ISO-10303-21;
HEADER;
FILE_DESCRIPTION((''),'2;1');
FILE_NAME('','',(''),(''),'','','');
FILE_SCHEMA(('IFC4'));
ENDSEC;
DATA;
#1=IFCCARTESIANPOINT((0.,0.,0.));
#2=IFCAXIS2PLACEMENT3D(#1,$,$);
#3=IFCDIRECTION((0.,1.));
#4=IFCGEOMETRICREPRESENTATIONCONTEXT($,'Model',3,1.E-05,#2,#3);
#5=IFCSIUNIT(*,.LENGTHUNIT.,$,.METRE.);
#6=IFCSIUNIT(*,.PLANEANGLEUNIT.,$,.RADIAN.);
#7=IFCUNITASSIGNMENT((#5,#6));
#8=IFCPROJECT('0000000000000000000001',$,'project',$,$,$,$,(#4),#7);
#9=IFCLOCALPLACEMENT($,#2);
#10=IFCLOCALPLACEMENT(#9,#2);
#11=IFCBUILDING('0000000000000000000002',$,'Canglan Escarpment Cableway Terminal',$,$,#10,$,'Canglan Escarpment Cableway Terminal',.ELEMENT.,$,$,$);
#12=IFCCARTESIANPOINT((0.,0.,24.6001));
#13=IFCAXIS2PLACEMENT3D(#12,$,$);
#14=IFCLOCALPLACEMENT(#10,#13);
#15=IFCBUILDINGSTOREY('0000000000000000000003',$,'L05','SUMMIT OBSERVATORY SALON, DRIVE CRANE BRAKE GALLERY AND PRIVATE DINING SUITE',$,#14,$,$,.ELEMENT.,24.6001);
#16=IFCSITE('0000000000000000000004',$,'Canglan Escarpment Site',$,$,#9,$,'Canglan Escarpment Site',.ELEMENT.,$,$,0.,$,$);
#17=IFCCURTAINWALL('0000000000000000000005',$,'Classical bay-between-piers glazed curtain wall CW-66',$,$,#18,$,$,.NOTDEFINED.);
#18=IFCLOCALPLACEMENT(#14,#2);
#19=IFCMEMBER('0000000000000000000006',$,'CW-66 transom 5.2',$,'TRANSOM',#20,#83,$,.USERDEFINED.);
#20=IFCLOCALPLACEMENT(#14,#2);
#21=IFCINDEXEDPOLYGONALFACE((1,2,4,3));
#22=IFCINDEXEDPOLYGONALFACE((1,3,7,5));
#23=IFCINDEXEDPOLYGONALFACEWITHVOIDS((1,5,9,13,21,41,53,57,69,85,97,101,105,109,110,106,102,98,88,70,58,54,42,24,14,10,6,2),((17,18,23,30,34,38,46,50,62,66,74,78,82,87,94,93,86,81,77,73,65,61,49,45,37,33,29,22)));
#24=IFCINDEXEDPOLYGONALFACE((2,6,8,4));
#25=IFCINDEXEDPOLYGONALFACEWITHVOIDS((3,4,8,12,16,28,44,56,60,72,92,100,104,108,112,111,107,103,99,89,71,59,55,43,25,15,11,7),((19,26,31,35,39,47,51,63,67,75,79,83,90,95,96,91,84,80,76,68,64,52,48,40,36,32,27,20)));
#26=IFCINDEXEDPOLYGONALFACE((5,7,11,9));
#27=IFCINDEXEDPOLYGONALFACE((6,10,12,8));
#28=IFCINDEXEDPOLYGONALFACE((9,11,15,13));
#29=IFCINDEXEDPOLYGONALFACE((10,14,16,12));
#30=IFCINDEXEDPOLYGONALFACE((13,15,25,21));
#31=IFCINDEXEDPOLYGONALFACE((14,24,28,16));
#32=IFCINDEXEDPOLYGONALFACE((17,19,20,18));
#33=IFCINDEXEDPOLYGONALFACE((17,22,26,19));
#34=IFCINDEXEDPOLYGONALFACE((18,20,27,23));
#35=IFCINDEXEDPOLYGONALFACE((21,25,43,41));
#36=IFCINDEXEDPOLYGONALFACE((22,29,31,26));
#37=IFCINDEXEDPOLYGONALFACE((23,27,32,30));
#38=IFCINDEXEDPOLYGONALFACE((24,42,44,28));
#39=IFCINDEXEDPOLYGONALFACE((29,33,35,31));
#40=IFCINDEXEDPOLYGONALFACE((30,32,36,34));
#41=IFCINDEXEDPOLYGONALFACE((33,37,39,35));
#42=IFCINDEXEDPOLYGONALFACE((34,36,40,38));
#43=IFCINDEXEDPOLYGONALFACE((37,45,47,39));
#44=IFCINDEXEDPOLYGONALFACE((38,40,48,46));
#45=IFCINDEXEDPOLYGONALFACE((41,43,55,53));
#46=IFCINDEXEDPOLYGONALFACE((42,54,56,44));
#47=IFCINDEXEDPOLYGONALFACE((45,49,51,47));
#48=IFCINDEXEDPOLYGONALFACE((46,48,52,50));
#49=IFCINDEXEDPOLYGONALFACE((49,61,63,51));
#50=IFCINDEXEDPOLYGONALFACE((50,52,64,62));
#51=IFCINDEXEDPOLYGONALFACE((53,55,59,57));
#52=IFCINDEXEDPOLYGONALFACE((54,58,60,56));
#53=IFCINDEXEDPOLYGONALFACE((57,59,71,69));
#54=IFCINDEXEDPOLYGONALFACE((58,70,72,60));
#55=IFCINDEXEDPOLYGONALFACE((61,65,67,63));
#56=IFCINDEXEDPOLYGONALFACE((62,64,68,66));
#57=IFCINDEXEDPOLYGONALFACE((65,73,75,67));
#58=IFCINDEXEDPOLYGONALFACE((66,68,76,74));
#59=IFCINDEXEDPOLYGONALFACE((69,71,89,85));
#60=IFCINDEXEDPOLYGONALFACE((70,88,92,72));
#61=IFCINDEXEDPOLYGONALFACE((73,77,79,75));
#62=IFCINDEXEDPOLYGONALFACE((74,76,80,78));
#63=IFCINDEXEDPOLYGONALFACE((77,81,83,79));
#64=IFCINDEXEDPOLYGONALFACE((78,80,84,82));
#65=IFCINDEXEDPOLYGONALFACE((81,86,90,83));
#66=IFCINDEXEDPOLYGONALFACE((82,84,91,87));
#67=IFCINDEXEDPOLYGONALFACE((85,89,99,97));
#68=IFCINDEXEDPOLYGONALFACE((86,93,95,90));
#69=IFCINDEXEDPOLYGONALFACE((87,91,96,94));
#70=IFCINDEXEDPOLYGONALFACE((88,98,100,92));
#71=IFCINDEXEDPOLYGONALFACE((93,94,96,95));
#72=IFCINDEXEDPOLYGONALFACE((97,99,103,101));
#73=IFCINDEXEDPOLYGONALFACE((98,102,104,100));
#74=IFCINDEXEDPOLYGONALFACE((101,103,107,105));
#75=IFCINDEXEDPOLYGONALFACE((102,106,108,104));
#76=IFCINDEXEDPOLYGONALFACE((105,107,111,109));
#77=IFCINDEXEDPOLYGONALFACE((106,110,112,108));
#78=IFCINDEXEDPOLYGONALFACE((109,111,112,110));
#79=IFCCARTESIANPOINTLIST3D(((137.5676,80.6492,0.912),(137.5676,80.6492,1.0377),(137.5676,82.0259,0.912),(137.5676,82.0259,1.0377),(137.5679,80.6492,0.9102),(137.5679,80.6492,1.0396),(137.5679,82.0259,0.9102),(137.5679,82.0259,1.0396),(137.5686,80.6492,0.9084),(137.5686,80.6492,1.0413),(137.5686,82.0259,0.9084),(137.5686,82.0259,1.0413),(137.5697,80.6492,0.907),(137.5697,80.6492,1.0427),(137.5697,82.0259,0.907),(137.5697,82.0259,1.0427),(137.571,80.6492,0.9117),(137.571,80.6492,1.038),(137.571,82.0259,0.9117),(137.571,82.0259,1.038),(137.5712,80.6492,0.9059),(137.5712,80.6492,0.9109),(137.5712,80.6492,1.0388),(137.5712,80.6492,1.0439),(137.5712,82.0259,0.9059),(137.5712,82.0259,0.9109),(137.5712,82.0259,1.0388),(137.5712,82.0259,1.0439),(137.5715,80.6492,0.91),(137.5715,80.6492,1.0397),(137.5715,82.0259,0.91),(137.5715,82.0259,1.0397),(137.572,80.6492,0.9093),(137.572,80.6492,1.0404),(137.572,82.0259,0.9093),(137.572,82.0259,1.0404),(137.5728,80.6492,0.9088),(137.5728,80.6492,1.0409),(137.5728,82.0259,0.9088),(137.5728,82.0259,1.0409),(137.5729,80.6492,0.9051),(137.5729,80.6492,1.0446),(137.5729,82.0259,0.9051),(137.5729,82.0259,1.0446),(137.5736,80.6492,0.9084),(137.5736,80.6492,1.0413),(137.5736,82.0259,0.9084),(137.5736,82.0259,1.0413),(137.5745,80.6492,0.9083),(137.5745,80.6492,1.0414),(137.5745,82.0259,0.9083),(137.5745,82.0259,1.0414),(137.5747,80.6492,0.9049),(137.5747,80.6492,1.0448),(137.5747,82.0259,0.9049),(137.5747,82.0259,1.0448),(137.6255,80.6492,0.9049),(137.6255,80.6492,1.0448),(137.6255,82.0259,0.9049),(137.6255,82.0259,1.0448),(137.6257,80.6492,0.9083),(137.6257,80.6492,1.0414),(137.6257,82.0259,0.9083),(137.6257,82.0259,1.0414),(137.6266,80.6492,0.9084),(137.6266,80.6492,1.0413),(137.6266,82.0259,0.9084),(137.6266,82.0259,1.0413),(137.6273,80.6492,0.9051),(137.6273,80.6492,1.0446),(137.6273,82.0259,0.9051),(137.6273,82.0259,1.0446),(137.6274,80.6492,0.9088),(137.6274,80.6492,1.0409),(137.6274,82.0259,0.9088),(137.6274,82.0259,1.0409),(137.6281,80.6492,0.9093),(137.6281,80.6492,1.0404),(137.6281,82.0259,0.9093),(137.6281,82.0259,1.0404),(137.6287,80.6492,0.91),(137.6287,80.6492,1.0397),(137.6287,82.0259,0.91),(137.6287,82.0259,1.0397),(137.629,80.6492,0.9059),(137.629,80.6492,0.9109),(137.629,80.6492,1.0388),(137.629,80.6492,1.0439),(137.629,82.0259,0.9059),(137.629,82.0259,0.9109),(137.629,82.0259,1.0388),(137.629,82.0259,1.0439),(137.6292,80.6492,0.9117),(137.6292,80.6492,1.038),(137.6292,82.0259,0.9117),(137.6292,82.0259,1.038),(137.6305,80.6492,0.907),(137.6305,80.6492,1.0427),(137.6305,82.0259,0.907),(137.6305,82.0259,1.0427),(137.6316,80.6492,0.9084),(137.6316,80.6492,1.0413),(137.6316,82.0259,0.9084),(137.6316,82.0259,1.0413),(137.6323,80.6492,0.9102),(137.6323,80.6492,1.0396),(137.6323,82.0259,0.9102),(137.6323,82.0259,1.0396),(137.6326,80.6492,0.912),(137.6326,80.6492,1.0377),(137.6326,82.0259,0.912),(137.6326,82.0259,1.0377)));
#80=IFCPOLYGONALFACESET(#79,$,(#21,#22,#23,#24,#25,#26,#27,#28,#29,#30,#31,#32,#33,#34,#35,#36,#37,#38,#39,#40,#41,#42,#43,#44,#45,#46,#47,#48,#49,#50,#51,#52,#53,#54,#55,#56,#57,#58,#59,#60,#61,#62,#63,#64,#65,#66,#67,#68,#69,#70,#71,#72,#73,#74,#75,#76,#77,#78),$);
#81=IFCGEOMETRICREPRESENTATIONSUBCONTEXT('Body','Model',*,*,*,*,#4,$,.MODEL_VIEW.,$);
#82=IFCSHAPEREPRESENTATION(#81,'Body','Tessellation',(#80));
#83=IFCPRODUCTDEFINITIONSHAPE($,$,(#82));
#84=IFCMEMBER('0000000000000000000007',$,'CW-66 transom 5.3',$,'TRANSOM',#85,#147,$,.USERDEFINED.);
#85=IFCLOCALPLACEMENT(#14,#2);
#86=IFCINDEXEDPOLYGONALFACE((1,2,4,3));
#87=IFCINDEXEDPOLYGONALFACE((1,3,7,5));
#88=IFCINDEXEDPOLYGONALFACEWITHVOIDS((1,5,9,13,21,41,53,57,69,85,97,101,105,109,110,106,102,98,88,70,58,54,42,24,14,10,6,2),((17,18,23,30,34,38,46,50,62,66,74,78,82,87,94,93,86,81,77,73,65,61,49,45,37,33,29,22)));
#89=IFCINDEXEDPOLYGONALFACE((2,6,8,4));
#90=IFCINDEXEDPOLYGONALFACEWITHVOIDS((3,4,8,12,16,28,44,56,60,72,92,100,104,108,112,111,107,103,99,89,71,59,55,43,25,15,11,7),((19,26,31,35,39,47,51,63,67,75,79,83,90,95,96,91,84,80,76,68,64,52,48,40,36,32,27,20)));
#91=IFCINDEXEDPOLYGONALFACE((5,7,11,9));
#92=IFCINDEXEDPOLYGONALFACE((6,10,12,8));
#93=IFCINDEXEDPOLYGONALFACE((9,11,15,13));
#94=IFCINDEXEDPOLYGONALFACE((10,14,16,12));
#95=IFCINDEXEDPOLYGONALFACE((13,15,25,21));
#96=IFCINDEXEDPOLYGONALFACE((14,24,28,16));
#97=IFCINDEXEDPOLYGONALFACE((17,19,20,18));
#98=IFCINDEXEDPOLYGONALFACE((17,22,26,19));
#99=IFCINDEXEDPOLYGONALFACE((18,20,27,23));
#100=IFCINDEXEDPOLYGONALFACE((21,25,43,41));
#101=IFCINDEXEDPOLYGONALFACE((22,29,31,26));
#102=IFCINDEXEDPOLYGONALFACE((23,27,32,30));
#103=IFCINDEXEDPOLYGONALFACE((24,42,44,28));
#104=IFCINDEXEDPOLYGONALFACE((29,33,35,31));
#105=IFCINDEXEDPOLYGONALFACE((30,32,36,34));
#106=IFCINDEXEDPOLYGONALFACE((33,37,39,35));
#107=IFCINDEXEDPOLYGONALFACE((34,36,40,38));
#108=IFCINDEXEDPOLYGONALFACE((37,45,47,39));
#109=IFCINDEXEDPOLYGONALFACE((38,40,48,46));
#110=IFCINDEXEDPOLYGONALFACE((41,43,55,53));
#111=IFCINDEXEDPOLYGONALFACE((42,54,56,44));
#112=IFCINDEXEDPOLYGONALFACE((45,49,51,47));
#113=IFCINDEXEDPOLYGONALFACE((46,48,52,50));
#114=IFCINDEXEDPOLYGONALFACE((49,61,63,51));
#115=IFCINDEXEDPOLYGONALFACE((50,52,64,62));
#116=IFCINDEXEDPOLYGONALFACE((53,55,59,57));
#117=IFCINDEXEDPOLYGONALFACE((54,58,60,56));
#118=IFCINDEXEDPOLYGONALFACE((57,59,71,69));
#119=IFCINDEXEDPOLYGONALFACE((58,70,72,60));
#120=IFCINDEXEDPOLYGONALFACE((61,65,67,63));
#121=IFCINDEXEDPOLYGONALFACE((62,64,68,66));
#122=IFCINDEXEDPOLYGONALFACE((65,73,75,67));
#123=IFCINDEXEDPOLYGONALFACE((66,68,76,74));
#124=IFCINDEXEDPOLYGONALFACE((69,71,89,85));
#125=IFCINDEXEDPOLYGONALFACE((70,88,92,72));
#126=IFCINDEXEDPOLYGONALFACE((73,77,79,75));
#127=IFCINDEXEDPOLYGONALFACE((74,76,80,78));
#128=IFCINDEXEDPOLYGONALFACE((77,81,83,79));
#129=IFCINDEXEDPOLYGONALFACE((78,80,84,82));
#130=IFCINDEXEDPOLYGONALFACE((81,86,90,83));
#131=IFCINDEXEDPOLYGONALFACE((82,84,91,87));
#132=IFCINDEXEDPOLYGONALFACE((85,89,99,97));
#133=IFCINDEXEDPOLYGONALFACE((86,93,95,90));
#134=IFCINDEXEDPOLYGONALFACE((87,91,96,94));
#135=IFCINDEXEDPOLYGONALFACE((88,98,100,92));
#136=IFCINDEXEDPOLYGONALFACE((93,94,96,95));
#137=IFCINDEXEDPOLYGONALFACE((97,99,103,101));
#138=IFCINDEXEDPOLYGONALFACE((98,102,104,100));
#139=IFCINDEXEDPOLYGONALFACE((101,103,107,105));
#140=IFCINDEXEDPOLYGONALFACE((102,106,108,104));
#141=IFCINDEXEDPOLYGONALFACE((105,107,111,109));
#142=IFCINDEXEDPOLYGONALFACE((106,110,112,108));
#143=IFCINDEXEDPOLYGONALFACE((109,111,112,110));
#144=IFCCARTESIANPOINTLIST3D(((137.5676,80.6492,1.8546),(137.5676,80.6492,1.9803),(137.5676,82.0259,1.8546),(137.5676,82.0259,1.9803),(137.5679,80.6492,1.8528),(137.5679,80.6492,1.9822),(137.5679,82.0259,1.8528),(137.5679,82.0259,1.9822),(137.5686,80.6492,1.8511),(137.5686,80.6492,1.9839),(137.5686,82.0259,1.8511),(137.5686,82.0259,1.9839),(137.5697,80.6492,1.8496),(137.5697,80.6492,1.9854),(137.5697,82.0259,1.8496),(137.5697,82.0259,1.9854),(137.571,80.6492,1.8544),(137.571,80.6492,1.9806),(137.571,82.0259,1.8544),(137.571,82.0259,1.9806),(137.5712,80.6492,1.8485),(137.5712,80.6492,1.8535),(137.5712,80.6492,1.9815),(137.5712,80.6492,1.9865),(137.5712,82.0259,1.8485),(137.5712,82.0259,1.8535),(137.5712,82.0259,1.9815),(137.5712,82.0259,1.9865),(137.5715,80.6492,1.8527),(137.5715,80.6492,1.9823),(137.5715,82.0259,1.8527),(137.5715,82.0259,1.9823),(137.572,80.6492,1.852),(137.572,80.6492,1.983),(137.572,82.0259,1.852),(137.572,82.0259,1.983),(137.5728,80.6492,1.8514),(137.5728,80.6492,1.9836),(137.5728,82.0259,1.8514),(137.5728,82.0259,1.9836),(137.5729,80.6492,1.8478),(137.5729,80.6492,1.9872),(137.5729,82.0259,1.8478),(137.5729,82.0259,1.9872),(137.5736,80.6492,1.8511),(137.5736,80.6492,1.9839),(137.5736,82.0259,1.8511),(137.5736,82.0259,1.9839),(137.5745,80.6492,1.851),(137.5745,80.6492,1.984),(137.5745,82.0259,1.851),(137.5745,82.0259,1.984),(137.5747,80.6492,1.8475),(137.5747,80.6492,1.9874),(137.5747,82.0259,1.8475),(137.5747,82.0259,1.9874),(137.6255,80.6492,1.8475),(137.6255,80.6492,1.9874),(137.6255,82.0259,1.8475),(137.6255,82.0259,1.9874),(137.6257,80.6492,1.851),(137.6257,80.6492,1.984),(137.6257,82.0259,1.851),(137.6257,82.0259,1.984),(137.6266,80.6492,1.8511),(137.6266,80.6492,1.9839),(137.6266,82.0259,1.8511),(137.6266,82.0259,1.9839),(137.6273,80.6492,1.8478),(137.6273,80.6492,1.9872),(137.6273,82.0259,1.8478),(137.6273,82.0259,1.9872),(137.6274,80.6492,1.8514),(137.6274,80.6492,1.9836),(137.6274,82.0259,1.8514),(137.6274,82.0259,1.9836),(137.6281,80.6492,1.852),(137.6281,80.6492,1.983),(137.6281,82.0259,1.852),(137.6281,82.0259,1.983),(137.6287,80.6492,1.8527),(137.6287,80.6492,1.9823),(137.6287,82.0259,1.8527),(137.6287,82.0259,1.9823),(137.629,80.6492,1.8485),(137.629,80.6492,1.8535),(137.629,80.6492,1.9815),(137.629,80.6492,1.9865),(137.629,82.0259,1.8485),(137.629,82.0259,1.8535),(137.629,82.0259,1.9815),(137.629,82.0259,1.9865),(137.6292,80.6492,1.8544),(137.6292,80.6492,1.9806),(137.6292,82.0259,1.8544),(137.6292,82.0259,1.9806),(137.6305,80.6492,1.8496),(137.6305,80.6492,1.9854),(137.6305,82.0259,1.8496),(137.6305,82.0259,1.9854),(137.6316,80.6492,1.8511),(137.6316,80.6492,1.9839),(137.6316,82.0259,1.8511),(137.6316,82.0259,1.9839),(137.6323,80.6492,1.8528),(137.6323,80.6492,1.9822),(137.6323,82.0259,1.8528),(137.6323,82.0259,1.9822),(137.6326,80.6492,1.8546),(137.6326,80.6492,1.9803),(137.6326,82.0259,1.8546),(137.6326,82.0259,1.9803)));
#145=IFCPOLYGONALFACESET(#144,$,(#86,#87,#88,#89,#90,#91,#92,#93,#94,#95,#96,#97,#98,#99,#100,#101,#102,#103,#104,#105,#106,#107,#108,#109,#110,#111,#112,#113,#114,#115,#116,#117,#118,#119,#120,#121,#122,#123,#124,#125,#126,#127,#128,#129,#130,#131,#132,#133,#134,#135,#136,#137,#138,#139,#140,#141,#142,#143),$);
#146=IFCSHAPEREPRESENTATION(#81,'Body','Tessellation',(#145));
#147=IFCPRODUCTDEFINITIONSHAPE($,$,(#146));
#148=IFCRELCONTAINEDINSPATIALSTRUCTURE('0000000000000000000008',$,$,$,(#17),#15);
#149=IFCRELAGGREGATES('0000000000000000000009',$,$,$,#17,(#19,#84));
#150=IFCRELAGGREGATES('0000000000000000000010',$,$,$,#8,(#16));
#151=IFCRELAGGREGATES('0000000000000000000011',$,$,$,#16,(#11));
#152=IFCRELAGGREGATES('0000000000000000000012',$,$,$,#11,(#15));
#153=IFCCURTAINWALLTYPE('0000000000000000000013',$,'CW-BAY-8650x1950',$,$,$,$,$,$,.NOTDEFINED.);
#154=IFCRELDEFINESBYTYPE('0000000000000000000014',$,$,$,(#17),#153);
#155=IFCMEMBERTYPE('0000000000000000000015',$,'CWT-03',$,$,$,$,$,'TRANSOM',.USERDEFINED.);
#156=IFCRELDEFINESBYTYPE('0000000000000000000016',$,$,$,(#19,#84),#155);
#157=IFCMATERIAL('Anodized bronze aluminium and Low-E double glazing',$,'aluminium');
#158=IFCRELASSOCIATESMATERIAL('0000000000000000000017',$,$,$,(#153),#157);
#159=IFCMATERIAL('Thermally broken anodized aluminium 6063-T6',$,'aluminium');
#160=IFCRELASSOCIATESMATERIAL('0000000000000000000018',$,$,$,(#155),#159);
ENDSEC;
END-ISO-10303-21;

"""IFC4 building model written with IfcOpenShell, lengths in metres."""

from ifc_helpers import new_model, si_unit, direction, frame, origin, origin_2d, place, context, subcontext, project, spatial, hollow_rectangle, extrude, material, material_profile, profile_set, type_object, element, aggregate, save


model = new_model("IFC4")

# Units and contexts
model_context = context("Model", 3, precision=1e-05, world=origin(), true_north=direction((0.0, 1.0)))
body_context = subcontext(model_context, "Body", "Model", "MODEL_VIEW")
ifc_project = project(units=[si_unit("LENGTHUNIT", "METRE"), si_unit("PLANEANGLEUNIT", "RADIAN")], contexts=[model_context])

# Site, building, storey
site_placement = place(None, origin())
site = spatial("IfcSite", under=ifc_project, at=site_placement, Name="Canglan Escarpment Site", LongName="Canglan Escarpment Site", CompositionType="ELEMENT", RefElevation=0.0)
building_placement = place(site_placement, origin())
building = spatial("IfcBuilding", under=site, at=building_placement, Name="Canglan Escarpment Cableway Terminal", LongName="Canglan Escarpment Cableway Terminal", CompositionType="ELEMENT")
storey_placement = place(building_placement, frame((0.0, 0.0, 24.6001)))
storey = spatial("IfcBuildingStorey", under=building, at=storey_placement, Name="L05", Description="SUMMIT OBSERVATORY SALON, DRIVE CRANE BRAKE GALLERY AND PRIVATE DINING SUITE", CompositionType="ELEMENT", Elevation=24.6001)

# Curtain wall, members
ifc_material_1 = material(Name="Anodized bronze aluminium and Low-E double glazing", Category="aluminium")
curtain_wall_type = type_object("IfcCurtainWallType", Name="CW-BAY-8650x1950", PredefinedType="NOTDEFINED", material=ifc_material_1)
curtain_wall_placement = place(storey_placement, origin())
curtain_wall = element("IfcCurtainWall", 1, at=curtain_wall_placement, inside=storey, type_object=curtain_wall_type, Name="Classical bay-between-piers glazed curtain wall CW-66", PredefinedType="NOTDEFINED")
ifc_material_2 = material(Name="Thermally broken anodized aluminium 6063-T6", Category="aluminium")
ifc_material_profile_1 = material_profile(ifc_material_2, hollow_rectangle(XDim=0.0649, YDim=0.1399, WallThickness=0.0034, InnerFilletRadius=0.0034, OuterFilletRadius=0.0071, at=origin_2d()), Name="ALU-TRAN 65x140x3.5")
ifc_profile_set_1 = profile_set([ifc_material_profile_1], Name="Thermally broken anodized aluminium 6063-T6")
member_type_1 = type_object("IfcMemberType", Name="CWT-03", ElementType="TRANSOM", PredefinedType="USERDEFINED", material=ifc_profile_set_1)
member_1_placement = place(storey_placement, frame((137.6001, 82.0259, 0.9749), z_axis=(0.0, -1.0, 0.0), x_axis=(1.0, 0.0, 0.0)))
member_1 = element("IfcMember", 2, at=member_1_placement, type_object=member_type_1, Name="CW-66 transom 5.2", ObjectType="TRANSOM", PredefinedType="USERDEFINED", context=body_context, shape_type="SweptSolid", body=[
    extrude(hollow_rectangle(XDim=0.0649, YDim=0.1399, WallThickness=0.0034, InnerFilletRadius=0.0034, OuterFilletRadius=0.0071, at=origin_2d()), origin(), (0.0, 0.0, 1.0), 1.3767),
])
member_2_placement = place(storey_placement, frame((137.6001, 82.0259, 1.9175), z_axis=(0.0, -1.0, 0.0), x_axis=(1.0, 0.0, 0.0)))
member_2 = element("IfcMember", 3, at=member_2_placement, type_object=member_type_1, Name="CW-66 transom 5.3", ObjectType="TRANSOM", PredefinedType="USERDEFINED", context=body_context, shape_type="SweptSolid", body=[
    extrude(hollow_rectangle(XDim=0.0649, YDim=0.1399, WallThickness=0.0034, InnerFilletRadius=0.0034, OuterFilletRadius=0.0071, at=origin_2d()), origin(), (0.0, 0.0, 1.0), 1.3767),
])
aggregate(curtain_wall, [member_1, member_2])

save(model, "model.ifc")
